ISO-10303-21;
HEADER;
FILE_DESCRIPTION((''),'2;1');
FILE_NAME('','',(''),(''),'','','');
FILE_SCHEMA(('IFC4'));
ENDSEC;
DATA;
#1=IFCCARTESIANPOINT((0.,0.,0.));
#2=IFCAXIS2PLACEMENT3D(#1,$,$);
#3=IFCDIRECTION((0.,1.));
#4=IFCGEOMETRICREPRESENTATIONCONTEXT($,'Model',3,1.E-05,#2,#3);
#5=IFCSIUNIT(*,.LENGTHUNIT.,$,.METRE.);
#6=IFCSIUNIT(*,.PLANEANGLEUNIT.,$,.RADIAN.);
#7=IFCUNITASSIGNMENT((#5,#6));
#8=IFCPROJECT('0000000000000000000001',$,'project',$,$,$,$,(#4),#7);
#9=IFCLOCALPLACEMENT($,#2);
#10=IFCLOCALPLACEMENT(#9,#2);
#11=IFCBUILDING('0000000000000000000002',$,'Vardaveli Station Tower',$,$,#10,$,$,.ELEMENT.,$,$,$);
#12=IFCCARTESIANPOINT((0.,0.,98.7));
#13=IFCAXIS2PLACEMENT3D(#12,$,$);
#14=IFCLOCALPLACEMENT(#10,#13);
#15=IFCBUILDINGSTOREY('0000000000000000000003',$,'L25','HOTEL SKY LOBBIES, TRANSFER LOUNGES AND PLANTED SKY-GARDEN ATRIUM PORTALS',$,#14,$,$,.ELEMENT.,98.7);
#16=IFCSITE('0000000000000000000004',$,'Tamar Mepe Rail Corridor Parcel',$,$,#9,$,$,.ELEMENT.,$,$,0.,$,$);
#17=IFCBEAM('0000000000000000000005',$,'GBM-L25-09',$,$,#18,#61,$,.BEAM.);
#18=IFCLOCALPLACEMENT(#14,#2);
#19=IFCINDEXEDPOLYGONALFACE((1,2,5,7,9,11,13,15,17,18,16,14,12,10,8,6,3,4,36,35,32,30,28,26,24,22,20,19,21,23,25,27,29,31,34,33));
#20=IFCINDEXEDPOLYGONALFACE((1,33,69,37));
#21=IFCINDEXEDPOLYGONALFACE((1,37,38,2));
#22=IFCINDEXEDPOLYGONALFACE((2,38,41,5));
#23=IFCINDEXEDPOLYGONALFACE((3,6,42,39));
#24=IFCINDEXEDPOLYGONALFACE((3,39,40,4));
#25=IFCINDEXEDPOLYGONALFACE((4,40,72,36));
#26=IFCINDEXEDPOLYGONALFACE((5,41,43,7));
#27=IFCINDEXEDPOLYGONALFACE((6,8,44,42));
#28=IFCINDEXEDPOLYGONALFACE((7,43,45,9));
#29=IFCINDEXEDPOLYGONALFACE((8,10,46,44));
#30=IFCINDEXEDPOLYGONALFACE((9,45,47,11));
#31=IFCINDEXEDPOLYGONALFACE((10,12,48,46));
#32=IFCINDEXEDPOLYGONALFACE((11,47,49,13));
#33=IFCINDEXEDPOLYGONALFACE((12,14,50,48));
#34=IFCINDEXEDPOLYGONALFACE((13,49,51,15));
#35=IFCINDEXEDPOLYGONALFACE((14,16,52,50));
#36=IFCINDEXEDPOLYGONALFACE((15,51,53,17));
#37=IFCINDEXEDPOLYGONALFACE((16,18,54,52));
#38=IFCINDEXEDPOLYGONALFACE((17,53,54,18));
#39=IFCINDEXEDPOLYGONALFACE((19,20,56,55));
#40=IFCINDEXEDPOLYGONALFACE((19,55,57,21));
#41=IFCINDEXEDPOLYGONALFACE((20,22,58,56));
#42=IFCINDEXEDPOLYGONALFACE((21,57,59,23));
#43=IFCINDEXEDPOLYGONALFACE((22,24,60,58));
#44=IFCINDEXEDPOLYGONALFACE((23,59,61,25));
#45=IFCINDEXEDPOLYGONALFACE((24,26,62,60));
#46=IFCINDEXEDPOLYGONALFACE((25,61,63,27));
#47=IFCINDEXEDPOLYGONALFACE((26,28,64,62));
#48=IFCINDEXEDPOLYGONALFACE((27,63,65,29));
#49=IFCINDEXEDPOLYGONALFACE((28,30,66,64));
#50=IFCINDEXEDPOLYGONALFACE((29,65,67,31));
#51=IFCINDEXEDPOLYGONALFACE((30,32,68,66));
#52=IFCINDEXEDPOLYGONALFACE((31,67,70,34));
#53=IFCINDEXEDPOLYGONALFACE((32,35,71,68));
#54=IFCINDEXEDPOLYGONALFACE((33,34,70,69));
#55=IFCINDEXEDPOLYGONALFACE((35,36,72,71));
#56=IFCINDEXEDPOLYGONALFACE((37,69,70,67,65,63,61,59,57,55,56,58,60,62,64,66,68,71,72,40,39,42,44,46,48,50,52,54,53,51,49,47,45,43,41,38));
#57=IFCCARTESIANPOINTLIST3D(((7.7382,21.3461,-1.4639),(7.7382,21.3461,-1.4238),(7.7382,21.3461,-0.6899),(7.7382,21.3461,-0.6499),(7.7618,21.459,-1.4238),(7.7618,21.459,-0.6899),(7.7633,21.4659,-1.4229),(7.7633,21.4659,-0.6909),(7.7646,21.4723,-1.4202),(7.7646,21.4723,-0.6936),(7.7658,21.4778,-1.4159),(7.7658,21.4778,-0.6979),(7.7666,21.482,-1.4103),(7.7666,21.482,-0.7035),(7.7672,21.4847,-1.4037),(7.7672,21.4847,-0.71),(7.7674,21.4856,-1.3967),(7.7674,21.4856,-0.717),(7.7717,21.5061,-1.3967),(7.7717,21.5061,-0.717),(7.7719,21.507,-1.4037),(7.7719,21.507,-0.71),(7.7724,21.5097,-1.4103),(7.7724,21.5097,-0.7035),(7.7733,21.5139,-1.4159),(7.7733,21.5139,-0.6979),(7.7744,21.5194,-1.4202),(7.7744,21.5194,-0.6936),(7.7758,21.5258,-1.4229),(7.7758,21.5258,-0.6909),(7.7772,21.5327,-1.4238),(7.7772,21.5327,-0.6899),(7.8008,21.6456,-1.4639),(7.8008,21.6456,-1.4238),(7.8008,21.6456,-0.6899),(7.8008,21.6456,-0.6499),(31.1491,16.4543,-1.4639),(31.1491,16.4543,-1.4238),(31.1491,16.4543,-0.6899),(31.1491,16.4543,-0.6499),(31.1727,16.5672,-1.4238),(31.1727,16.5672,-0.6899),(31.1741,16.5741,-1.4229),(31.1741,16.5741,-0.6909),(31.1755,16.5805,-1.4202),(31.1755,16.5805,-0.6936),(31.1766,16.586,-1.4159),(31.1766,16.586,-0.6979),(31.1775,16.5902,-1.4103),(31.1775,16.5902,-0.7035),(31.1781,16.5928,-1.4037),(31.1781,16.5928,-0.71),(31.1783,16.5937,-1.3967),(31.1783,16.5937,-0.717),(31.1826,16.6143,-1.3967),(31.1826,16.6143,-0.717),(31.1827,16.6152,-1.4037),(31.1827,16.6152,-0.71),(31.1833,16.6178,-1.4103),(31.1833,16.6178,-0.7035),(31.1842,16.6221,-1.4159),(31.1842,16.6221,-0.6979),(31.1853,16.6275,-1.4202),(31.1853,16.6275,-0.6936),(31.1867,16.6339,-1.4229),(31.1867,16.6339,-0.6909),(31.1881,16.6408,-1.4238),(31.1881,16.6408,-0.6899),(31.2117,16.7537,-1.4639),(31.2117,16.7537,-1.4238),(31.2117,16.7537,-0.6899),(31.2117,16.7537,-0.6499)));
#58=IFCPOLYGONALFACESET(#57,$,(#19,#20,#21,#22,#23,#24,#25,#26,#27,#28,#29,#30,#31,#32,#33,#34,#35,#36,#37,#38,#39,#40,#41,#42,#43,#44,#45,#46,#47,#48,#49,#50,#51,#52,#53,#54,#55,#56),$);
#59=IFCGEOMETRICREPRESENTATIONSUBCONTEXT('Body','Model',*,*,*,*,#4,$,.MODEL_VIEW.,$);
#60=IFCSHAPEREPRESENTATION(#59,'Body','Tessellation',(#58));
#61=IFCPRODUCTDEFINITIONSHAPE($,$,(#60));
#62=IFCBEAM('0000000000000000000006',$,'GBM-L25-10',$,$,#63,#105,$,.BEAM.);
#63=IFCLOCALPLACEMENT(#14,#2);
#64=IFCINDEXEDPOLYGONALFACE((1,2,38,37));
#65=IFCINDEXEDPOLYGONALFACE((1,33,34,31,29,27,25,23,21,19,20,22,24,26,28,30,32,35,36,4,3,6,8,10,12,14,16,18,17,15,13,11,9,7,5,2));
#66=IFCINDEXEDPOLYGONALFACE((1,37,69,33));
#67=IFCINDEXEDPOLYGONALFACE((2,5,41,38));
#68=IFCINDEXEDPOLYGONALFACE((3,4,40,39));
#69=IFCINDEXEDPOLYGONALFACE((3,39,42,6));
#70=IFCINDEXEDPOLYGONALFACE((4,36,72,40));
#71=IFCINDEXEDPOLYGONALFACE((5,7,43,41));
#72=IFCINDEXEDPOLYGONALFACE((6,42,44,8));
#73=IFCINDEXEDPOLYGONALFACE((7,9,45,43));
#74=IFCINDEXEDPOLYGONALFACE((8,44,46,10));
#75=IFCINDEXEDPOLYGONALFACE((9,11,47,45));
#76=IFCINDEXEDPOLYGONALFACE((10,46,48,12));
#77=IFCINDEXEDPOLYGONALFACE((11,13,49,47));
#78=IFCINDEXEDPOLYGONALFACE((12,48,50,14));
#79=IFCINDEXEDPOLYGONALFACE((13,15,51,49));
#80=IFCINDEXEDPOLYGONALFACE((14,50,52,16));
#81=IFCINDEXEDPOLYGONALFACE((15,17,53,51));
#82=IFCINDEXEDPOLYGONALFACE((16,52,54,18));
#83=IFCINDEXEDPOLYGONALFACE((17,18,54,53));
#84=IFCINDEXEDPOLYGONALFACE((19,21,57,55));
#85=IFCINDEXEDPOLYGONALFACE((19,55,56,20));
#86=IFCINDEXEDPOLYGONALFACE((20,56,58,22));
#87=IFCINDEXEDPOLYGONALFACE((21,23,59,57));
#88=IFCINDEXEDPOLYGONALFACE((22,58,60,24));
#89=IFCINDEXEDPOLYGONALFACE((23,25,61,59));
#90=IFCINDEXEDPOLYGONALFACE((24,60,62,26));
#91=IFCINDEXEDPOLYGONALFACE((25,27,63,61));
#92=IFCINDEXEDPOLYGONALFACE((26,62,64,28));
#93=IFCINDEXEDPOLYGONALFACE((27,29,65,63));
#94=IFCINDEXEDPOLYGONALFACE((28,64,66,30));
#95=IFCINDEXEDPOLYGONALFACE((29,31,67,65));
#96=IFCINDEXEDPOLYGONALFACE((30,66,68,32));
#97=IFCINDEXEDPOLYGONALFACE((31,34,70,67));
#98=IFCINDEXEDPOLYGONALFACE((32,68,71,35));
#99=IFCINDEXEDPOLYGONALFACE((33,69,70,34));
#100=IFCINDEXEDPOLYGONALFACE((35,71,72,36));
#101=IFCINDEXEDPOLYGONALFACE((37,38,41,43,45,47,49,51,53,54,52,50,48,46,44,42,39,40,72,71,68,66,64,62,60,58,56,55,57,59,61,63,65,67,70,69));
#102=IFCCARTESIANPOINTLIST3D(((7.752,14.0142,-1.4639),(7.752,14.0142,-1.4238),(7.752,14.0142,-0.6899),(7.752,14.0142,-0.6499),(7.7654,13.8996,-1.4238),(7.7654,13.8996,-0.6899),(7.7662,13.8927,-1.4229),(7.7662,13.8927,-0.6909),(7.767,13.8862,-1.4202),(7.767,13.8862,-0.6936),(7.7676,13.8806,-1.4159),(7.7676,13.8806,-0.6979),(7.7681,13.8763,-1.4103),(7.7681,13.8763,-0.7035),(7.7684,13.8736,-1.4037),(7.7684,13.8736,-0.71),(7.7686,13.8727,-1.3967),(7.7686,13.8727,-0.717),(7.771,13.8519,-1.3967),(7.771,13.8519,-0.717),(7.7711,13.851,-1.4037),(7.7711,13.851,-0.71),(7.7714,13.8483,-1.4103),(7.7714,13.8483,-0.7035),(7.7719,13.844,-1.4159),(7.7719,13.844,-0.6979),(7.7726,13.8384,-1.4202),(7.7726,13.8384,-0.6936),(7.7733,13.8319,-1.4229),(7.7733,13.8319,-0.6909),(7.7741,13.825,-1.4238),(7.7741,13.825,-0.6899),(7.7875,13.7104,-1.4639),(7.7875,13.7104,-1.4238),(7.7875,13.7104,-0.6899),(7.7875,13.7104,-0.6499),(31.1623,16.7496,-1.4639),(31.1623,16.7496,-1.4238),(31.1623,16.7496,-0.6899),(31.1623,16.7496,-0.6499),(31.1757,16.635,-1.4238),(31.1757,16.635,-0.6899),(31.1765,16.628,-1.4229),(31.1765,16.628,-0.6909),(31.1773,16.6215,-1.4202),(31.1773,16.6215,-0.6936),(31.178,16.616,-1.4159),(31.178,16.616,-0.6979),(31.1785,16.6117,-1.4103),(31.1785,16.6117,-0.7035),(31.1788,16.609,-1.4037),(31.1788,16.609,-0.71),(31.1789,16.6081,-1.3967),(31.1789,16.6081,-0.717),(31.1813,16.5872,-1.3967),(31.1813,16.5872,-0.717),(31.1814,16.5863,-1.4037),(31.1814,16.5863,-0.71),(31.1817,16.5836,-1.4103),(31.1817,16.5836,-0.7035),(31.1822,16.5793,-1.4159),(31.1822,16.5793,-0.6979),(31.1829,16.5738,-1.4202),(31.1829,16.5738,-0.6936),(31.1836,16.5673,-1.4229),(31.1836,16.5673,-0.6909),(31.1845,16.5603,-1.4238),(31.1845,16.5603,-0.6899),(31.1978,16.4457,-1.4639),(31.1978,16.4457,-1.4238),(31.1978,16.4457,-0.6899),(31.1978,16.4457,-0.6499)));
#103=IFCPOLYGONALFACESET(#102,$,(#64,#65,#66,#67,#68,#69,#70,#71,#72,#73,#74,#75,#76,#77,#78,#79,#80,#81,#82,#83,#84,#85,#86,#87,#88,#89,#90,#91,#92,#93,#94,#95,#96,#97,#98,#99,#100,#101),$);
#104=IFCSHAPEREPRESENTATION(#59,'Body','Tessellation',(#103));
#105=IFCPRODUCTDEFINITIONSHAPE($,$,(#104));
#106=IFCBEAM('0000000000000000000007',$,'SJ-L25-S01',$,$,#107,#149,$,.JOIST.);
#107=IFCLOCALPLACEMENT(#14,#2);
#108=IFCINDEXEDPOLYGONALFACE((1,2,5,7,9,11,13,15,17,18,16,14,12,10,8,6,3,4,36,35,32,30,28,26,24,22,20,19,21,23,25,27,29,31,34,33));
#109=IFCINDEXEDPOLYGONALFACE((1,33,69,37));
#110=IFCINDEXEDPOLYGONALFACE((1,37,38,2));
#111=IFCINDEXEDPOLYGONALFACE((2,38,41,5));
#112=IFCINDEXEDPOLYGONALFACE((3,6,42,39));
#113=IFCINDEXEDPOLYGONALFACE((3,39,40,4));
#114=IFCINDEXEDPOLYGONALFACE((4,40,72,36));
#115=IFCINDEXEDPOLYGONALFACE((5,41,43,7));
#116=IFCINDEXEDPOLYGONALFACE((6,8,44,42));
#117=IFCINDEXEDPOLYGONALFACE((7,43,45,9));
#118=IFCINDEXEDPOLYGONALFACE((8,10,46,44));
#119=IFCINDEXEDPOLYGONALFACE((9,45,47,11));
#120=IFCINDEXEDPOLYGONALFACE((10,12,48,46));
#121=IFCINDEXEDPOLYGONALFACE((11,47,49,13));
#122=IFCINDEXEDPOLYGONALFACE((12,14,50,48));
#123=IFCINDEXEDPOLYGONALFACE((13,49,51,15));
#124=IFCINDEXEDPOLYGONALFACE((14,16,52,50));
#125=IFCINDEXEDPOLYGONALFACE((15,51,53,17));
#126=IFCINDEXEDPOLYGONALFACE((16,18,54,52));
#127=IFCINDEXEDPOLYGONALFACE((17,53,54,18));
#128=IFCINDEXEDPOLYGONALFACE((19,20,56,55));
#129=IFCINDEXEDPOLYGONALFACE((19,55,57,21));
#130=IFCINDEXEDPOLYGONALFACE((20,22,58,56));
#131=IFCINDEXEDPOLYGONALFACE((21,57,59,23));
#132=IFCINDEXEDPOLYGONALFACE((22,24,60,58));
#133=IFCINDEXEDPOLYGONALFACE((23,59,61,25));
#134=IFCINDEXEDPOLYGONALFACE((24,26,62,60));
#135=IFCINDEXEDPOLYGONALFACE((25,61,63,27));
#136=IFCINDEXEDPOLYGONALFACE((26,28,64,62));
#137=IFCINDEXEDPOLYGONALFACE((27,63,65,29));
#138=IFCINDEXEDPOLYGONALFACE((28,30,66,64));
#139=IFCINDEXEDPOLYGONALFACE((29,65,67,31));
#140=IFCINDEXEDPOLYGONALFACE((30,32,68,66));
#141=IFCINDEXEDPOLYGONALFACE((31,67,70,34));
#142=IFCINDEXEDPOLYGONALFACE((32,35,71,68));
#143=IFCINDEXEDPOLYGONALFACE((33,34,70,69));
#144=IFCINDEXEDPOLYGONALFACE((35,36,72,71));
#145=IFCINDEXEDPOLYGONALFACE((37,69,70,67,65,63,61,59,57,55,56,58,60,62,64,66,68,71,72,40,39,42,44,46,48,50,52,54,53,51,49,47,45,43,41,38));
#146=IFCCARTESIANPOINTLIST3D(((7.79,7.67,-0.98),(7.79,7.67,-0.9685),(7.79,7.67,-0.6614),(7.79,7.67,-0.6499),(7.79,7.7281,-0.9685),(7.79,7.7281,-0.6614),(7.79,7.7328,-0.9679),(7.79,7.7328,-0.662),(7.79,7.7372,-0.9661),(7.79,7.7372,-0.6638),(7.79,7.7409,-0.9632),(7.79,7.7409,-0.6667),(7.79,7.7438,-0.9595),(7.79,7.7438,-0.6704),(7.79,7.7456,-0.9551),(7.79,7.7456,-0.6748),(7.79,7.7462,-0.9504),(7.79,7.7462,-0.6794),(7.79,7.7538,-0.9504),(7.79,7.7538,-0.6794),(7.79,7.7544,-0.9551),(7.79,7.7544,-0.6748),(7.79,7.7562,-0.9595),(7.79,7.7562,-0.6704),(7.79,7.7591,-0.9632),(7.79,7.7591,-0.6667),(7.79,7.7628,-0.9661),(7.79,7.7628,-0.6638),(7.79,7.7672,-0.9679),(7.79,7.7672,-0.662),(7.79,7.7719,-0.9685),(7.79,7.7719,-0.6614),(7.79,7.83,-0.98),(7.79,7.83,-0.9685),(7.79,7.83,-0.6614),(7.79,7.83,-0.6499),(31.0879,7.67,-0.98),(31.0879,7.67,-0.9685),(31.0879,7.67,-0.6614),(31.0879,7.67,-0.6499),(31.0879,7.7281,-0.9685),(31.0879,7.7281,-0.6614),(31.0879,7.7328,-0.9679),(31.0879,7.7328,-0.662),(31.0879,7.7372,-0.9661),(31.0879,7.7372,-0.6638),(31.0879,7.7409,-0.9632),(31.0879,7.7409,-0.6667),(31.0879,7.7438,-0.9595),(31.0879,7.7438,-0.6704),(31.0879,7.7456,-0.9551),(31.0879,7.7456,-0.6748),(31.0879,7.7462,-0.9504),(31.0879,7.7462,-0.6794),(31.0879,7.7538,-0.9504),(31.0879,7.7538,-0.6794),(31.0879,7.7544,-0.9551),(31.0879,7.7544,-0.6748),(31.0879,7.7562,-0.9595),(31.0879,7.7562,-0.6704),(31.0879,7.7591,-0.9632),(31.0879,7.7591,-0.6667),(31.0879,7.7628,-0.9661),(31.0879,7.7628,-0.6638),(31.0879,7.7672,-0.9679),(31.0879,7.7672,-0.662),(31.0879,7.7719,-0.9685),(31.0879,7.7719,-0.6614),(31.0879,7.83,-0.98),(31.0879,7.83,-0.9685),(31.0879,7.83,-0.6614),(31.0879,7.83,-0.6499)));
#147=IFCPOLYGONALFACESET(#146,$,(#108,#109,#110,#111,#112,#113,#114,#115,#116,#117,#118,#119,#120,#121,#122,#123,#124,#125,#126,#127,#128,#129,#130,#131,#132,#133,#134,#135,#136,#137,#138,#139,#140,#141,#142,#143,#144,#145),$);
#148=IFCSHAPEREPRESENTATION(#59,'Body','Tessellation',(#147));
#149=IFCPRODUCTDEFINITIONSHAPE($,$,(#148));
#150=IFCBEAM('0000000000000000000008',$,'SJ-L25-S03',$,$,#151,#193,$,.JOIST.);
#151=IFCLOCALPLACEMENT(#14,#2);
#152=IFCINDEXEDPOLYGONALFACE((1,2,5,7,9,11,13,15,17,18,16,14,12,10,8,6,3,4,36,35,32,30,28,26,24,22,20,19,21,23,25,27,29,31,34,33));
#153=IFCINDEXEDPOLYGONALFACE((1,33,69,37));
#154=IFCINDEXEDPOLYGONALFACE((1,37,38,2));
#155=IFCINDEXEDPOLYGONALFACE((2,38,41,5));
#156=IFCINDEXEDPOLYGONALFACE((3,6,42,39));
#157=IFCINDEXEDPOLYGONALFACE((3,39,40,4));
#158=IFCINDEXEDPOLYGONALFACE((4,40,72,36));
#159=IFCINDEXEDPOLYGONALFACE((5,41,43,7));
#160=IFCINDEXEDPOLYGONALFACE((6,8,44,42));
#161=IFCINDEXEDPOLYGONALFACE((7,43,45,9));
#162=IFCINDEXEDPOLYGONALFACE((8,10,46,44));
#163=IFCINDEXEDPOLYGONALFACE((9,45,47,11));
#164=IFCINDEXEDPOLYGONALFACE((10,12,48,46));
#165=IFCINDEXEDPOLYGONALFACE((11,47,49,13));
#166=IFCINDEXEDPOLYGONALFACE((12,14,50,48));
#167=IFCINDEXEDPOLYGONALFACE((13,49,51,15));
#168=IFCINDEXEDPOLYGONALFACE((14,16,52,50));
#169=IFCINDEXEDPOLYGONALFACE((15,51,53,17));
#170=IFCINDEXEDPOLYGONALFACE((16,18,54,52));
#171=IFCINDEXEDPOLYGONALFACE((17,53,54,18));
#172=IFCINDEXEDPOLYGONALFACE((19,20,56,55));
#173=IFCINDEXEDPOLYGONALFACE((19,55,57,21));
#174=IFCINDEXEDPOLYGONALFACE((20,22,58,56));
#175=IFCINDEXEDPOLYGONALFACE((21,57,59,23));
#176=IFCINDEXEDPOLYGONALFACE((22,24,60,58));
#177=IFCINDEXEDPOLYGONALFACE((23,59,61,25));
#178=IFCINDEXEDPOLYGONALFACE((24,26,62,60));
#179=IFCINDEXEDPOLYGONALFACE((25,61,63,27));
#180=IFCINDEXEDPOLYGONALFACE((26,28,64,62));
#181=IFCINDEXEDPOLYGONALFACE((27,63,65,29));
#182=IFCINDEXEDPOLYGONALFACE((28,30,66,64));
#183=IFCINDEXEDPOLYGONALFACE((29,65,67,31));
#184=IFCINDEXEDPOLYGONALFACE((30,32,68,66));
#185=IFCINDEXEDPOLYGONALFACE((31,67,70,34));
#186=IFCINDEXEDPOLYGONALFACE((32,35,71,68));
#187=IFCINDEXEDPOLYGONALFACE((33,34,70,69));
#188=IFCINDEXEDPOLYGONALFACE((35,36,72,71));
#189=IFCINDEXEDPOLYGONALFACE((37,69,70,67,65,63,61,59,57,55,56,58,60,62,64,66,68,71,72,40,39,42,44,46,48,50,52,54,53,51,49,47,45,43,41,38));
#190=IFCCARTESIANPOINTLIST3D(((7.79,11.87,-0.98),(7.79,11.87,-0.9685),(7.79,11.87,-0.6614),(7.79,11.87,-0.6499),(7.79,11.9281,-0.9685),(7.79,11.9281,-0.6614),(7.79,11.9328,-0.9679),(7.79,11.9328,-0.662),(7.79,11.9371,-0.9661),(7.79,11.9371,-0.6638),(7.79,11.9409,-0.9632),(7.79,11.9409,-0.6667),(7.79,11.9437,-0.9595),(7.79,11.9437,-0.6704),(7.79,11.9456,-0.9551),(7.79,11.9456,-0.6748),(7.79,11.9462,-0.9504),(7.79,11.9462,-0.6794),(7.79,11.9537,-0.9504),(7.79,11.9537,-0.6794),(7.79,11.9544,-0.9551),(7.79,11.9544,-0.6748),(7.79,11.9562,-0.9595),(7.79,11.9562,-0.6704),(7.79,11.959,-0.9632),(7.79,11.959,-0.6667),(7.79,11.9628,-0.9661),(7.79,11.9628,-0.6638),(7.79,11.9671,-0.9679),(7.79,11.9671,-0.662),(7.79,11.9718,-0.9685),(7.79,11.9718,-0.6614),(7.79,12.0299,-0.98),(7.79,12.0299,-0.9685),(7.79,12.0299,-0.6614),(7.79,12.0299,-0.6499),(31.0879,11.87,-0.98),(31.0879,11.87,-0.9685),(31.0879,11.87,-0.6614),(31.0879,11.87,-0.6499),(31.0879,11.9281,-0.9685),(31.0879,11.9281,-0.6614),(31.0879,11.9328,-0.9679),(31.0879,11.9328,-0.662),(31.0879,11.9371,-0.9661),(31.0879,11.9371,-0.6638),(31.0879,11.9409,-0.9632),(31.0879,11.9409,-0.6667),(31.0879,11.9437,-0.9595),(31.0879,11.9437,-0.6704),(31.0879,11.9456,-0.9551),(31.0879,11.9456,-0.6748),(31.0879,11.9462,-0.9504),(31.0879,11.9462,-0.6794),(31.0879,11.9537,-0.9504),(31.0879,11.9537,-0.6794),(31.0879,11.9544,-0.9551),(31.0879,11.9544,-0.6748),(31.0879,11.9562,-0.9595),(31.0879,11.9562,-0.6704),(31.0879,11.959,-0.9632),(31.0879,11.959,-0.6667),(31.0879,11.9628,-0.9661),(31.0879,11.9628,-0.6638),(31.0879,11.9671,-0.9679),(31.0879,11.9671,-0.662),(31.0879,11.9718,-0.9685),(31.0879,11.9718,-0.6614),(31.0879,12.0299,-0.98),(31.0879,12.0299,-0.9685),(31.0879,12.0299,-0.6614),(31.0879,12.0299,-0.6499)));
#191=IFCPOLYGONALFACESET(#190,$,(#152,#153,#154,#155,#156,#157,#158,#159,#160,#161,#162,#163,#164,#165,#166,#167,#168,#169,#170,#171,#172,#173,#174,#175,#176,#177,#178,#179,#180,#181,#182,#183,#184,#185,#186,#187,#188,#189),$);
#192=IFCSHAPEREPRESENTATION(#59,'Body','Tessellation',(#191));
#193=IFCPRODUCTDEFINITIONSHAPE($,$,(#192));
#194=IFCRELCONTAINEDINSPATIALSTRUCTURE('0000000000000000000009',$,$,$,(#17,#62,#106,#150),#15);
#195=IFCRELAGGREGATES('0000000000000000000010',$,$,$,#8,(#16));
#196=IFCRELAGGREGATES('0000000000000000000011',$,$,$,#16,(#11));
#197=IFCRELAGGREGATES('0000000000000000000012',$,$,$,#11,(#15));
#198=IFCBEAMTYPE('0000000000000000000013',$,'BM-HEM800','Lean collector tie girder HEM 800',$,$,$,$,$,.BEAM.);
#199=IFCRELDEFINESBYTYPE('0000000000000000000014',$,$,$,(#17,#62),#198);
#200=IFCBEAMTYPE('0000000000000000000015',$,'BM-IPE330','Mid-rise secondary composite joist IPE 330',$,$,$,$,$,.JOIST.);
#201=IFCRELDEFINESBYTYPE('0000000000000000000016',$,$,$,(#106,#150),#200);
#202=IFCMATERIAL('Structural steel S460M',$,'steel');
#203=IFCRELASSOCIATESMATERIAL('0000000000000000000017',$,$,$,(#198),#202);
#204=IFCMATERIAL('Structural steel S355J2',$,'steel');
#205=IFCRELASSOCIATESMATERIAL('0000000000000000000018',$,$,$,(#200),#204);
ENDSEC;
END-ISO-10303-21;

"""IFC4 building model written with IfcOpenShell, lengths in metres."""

from ifc_helpers import new_model, si_unit, direction, frame, origin, origin_2d, place, context, subcontext, project, spatial, i_section, extrude, source, transform, mapped, material, material_profile, profile_set, type_object, element, save


model = new_model("IFC4")

# Units and contexts
model_context = context("Model", 3, precision=1e-05, world=origin(), true_north=direction((0.0, 1.0)))
body_context = subcontext(model_context, "Body", "Model", "MODEL_VIEW")
ifc_project = project(units=[si_unit("LENGTHUNIT", "METRE"), si_unit("PLANEANGLEUNIT", "RADIAN")], contexts=[model_context])

# Site, building, storey
site_placement = place(None, origin())
site = spatial("IfcSite", under=ifc_project, at=site_placement, Name="Tamar Mepe Rail Corridor Parcel", CompositionType="ELEMENT", RefElevation=0.0)
building_placement = place(site_placement, origin())
building = spatial("IfcBuilding", under=site, at=building_placement, Name="Vardaveli Station Tower", CompositionType="ELEMENT")
storey_placement = place(building_placement, frame((0.0, 0.0, 98.7)))
storey = spatial("IfcBuildingStorey", under=building, at=storey_placement, Name="L25", Description="HOTEL SKY LOBBIES, TRANSFER LOUNGES AND PLANTED SKY-GARDEN ATRIUM PORTALS", CompositionType="ELEMENT", Elevation=98.7)

# Shared definitions
ifc_material_1 = material(Name="Structural steel S460M", Category="steel")

# Beams
ifc_material_profile_1 = material_profile(ifc_material_1, i_section(OverallWidth=0.3059, OverallDepth=0.814, WebThickness=0.021, FlangeThickness=0.04, FilletRadius=0.0271, at=origin_2d()), Name="HEM 800")
ifc_profile_set_1 = profile_set([ifc_material_profile_1], Name="Structural steel S460M")
beam_type_1 = type_object("IfcBeamType", Name="BM-HEM800", Description="Lean collector tie girder HEM 800", PredefinedType="BEAM", material=ifc_profile_set_1)
shared_shape_1 = source(origin(), body_context, "Body", "SweptSolid", [
    extrude(i_section(OverallWidth=0.3059, OverallDepth=0.814, WebThickness=0.021, FlangeThickness=0.04, FilletRadius=0.0271, at=origin_2d()), origin(), (0.0, 0.0, 1.0), 23.9165),
])
beam_1_placement = place(storey_placement, frame((7.7695, 21.4958, -1.0569), z_axis=(0.978859, -0.204538, 0.0), x_axis=(0.204538, 0.978859, 0.0)))
element("IfcBeam", 1, at=beam_1_placement, inside=storey, type_object=beam_type_1, Name="GBM-L25-09", PredefinedType="BEAM", context=body_context, shape_type="MappedRepresentation", body=[
    mapped(shared_shape_1, transform((0.0, 0.0, 0.0), scale=1.0)),
])
shared_shape_2 = source(origin(), body_context, "Body", "SweptSolid", [
    extrude(i_section(OverallWidth=0.3059, OverallDepth=0.814, WebThickness=0.021, FlangeThickness=0.04, FilletRadius=0.0271, at=origin_2d()), origin(), (0.0, 0.0, 1.0), 23.5696),
])
beam_2_placement = place(storey_placement, frame((7.7698, 13.8623, -1.0569), z_axis=(0.993243, 0.116054, 0.0), x_axis=(-0.116054, 0.993243, 0.0)))
element("IfcBeam", 2, at=beam_2_placement, inside=storey, type_object=beam_type_1, Name="GBM-L25-10", PredefinedType="BEAM", context=body_context, shape_type="MappedRepresentation", body=[
    mapped(shared_shape_2, transform((0.0, 0.0, 0.0), scale=1.0)),
])
ifc_material_2 = material(Name="Structural steel S355J2", Category="steel")
ifc_material_profile_2 = material_profile(ifc_material_2, i_section(OverallWidth=0.1599, OverallDepth=0.3301, WebThickness=0.0076, FlangeThickness=0.0115, FilletRadius=0.0181, at=origin_2d()), Name="IPE 330")
ifc_profile_set_2 = profile_set([ifc_material_profile_2], Name="Structural steel S355J2")
beam_type_2 = type_object("IfcBeamType", Name="BM-IPE330", Description="Mid-rise secondary composite joist IPE 330", PredefinedType="JOIST", material=ifc_profile_set_2)
shared_shape_3 = source(origin(), body_context, "Body", "SweptSolid", [
    extrude(i_section(OverallWidth=0.1599, OverallDepth=0.3301, WebThickness=0.0076, FlangeThickness=0.0115, FilletRadius=0.0181, at=origin_2d()), origin(), (0.0, 0.0, 1.0), 23.2979),
])
for number, where, z_axis, x_axis, name in (
    (3, (7.79, 7.75, -0.8149), (1.0, 0.0, 0.0), (0.0, 1.0, 0.0), "SJ-L25-S01"),
    (4, (7.79, 11.95, -0.8149), (1.0, 0.0, 0.0), (0.0, 1.0, 0.0), "SJ-L25-S03"),
):
    element("IfcBeam", number, at=place(storey_placement, frame(where, z_axis=z_axis, x_axis=x_axis)), inside=storey, type_object=beam_type_2, Name=name, PredefinedType="JOIST", context=body_context, shape_type="MappedRepresentation", body=[
        mapped(shared_shape_3, transform((0.0, 0.0, 0.0), scale=1.0)),
    ])

save(model, "model.ifc")
